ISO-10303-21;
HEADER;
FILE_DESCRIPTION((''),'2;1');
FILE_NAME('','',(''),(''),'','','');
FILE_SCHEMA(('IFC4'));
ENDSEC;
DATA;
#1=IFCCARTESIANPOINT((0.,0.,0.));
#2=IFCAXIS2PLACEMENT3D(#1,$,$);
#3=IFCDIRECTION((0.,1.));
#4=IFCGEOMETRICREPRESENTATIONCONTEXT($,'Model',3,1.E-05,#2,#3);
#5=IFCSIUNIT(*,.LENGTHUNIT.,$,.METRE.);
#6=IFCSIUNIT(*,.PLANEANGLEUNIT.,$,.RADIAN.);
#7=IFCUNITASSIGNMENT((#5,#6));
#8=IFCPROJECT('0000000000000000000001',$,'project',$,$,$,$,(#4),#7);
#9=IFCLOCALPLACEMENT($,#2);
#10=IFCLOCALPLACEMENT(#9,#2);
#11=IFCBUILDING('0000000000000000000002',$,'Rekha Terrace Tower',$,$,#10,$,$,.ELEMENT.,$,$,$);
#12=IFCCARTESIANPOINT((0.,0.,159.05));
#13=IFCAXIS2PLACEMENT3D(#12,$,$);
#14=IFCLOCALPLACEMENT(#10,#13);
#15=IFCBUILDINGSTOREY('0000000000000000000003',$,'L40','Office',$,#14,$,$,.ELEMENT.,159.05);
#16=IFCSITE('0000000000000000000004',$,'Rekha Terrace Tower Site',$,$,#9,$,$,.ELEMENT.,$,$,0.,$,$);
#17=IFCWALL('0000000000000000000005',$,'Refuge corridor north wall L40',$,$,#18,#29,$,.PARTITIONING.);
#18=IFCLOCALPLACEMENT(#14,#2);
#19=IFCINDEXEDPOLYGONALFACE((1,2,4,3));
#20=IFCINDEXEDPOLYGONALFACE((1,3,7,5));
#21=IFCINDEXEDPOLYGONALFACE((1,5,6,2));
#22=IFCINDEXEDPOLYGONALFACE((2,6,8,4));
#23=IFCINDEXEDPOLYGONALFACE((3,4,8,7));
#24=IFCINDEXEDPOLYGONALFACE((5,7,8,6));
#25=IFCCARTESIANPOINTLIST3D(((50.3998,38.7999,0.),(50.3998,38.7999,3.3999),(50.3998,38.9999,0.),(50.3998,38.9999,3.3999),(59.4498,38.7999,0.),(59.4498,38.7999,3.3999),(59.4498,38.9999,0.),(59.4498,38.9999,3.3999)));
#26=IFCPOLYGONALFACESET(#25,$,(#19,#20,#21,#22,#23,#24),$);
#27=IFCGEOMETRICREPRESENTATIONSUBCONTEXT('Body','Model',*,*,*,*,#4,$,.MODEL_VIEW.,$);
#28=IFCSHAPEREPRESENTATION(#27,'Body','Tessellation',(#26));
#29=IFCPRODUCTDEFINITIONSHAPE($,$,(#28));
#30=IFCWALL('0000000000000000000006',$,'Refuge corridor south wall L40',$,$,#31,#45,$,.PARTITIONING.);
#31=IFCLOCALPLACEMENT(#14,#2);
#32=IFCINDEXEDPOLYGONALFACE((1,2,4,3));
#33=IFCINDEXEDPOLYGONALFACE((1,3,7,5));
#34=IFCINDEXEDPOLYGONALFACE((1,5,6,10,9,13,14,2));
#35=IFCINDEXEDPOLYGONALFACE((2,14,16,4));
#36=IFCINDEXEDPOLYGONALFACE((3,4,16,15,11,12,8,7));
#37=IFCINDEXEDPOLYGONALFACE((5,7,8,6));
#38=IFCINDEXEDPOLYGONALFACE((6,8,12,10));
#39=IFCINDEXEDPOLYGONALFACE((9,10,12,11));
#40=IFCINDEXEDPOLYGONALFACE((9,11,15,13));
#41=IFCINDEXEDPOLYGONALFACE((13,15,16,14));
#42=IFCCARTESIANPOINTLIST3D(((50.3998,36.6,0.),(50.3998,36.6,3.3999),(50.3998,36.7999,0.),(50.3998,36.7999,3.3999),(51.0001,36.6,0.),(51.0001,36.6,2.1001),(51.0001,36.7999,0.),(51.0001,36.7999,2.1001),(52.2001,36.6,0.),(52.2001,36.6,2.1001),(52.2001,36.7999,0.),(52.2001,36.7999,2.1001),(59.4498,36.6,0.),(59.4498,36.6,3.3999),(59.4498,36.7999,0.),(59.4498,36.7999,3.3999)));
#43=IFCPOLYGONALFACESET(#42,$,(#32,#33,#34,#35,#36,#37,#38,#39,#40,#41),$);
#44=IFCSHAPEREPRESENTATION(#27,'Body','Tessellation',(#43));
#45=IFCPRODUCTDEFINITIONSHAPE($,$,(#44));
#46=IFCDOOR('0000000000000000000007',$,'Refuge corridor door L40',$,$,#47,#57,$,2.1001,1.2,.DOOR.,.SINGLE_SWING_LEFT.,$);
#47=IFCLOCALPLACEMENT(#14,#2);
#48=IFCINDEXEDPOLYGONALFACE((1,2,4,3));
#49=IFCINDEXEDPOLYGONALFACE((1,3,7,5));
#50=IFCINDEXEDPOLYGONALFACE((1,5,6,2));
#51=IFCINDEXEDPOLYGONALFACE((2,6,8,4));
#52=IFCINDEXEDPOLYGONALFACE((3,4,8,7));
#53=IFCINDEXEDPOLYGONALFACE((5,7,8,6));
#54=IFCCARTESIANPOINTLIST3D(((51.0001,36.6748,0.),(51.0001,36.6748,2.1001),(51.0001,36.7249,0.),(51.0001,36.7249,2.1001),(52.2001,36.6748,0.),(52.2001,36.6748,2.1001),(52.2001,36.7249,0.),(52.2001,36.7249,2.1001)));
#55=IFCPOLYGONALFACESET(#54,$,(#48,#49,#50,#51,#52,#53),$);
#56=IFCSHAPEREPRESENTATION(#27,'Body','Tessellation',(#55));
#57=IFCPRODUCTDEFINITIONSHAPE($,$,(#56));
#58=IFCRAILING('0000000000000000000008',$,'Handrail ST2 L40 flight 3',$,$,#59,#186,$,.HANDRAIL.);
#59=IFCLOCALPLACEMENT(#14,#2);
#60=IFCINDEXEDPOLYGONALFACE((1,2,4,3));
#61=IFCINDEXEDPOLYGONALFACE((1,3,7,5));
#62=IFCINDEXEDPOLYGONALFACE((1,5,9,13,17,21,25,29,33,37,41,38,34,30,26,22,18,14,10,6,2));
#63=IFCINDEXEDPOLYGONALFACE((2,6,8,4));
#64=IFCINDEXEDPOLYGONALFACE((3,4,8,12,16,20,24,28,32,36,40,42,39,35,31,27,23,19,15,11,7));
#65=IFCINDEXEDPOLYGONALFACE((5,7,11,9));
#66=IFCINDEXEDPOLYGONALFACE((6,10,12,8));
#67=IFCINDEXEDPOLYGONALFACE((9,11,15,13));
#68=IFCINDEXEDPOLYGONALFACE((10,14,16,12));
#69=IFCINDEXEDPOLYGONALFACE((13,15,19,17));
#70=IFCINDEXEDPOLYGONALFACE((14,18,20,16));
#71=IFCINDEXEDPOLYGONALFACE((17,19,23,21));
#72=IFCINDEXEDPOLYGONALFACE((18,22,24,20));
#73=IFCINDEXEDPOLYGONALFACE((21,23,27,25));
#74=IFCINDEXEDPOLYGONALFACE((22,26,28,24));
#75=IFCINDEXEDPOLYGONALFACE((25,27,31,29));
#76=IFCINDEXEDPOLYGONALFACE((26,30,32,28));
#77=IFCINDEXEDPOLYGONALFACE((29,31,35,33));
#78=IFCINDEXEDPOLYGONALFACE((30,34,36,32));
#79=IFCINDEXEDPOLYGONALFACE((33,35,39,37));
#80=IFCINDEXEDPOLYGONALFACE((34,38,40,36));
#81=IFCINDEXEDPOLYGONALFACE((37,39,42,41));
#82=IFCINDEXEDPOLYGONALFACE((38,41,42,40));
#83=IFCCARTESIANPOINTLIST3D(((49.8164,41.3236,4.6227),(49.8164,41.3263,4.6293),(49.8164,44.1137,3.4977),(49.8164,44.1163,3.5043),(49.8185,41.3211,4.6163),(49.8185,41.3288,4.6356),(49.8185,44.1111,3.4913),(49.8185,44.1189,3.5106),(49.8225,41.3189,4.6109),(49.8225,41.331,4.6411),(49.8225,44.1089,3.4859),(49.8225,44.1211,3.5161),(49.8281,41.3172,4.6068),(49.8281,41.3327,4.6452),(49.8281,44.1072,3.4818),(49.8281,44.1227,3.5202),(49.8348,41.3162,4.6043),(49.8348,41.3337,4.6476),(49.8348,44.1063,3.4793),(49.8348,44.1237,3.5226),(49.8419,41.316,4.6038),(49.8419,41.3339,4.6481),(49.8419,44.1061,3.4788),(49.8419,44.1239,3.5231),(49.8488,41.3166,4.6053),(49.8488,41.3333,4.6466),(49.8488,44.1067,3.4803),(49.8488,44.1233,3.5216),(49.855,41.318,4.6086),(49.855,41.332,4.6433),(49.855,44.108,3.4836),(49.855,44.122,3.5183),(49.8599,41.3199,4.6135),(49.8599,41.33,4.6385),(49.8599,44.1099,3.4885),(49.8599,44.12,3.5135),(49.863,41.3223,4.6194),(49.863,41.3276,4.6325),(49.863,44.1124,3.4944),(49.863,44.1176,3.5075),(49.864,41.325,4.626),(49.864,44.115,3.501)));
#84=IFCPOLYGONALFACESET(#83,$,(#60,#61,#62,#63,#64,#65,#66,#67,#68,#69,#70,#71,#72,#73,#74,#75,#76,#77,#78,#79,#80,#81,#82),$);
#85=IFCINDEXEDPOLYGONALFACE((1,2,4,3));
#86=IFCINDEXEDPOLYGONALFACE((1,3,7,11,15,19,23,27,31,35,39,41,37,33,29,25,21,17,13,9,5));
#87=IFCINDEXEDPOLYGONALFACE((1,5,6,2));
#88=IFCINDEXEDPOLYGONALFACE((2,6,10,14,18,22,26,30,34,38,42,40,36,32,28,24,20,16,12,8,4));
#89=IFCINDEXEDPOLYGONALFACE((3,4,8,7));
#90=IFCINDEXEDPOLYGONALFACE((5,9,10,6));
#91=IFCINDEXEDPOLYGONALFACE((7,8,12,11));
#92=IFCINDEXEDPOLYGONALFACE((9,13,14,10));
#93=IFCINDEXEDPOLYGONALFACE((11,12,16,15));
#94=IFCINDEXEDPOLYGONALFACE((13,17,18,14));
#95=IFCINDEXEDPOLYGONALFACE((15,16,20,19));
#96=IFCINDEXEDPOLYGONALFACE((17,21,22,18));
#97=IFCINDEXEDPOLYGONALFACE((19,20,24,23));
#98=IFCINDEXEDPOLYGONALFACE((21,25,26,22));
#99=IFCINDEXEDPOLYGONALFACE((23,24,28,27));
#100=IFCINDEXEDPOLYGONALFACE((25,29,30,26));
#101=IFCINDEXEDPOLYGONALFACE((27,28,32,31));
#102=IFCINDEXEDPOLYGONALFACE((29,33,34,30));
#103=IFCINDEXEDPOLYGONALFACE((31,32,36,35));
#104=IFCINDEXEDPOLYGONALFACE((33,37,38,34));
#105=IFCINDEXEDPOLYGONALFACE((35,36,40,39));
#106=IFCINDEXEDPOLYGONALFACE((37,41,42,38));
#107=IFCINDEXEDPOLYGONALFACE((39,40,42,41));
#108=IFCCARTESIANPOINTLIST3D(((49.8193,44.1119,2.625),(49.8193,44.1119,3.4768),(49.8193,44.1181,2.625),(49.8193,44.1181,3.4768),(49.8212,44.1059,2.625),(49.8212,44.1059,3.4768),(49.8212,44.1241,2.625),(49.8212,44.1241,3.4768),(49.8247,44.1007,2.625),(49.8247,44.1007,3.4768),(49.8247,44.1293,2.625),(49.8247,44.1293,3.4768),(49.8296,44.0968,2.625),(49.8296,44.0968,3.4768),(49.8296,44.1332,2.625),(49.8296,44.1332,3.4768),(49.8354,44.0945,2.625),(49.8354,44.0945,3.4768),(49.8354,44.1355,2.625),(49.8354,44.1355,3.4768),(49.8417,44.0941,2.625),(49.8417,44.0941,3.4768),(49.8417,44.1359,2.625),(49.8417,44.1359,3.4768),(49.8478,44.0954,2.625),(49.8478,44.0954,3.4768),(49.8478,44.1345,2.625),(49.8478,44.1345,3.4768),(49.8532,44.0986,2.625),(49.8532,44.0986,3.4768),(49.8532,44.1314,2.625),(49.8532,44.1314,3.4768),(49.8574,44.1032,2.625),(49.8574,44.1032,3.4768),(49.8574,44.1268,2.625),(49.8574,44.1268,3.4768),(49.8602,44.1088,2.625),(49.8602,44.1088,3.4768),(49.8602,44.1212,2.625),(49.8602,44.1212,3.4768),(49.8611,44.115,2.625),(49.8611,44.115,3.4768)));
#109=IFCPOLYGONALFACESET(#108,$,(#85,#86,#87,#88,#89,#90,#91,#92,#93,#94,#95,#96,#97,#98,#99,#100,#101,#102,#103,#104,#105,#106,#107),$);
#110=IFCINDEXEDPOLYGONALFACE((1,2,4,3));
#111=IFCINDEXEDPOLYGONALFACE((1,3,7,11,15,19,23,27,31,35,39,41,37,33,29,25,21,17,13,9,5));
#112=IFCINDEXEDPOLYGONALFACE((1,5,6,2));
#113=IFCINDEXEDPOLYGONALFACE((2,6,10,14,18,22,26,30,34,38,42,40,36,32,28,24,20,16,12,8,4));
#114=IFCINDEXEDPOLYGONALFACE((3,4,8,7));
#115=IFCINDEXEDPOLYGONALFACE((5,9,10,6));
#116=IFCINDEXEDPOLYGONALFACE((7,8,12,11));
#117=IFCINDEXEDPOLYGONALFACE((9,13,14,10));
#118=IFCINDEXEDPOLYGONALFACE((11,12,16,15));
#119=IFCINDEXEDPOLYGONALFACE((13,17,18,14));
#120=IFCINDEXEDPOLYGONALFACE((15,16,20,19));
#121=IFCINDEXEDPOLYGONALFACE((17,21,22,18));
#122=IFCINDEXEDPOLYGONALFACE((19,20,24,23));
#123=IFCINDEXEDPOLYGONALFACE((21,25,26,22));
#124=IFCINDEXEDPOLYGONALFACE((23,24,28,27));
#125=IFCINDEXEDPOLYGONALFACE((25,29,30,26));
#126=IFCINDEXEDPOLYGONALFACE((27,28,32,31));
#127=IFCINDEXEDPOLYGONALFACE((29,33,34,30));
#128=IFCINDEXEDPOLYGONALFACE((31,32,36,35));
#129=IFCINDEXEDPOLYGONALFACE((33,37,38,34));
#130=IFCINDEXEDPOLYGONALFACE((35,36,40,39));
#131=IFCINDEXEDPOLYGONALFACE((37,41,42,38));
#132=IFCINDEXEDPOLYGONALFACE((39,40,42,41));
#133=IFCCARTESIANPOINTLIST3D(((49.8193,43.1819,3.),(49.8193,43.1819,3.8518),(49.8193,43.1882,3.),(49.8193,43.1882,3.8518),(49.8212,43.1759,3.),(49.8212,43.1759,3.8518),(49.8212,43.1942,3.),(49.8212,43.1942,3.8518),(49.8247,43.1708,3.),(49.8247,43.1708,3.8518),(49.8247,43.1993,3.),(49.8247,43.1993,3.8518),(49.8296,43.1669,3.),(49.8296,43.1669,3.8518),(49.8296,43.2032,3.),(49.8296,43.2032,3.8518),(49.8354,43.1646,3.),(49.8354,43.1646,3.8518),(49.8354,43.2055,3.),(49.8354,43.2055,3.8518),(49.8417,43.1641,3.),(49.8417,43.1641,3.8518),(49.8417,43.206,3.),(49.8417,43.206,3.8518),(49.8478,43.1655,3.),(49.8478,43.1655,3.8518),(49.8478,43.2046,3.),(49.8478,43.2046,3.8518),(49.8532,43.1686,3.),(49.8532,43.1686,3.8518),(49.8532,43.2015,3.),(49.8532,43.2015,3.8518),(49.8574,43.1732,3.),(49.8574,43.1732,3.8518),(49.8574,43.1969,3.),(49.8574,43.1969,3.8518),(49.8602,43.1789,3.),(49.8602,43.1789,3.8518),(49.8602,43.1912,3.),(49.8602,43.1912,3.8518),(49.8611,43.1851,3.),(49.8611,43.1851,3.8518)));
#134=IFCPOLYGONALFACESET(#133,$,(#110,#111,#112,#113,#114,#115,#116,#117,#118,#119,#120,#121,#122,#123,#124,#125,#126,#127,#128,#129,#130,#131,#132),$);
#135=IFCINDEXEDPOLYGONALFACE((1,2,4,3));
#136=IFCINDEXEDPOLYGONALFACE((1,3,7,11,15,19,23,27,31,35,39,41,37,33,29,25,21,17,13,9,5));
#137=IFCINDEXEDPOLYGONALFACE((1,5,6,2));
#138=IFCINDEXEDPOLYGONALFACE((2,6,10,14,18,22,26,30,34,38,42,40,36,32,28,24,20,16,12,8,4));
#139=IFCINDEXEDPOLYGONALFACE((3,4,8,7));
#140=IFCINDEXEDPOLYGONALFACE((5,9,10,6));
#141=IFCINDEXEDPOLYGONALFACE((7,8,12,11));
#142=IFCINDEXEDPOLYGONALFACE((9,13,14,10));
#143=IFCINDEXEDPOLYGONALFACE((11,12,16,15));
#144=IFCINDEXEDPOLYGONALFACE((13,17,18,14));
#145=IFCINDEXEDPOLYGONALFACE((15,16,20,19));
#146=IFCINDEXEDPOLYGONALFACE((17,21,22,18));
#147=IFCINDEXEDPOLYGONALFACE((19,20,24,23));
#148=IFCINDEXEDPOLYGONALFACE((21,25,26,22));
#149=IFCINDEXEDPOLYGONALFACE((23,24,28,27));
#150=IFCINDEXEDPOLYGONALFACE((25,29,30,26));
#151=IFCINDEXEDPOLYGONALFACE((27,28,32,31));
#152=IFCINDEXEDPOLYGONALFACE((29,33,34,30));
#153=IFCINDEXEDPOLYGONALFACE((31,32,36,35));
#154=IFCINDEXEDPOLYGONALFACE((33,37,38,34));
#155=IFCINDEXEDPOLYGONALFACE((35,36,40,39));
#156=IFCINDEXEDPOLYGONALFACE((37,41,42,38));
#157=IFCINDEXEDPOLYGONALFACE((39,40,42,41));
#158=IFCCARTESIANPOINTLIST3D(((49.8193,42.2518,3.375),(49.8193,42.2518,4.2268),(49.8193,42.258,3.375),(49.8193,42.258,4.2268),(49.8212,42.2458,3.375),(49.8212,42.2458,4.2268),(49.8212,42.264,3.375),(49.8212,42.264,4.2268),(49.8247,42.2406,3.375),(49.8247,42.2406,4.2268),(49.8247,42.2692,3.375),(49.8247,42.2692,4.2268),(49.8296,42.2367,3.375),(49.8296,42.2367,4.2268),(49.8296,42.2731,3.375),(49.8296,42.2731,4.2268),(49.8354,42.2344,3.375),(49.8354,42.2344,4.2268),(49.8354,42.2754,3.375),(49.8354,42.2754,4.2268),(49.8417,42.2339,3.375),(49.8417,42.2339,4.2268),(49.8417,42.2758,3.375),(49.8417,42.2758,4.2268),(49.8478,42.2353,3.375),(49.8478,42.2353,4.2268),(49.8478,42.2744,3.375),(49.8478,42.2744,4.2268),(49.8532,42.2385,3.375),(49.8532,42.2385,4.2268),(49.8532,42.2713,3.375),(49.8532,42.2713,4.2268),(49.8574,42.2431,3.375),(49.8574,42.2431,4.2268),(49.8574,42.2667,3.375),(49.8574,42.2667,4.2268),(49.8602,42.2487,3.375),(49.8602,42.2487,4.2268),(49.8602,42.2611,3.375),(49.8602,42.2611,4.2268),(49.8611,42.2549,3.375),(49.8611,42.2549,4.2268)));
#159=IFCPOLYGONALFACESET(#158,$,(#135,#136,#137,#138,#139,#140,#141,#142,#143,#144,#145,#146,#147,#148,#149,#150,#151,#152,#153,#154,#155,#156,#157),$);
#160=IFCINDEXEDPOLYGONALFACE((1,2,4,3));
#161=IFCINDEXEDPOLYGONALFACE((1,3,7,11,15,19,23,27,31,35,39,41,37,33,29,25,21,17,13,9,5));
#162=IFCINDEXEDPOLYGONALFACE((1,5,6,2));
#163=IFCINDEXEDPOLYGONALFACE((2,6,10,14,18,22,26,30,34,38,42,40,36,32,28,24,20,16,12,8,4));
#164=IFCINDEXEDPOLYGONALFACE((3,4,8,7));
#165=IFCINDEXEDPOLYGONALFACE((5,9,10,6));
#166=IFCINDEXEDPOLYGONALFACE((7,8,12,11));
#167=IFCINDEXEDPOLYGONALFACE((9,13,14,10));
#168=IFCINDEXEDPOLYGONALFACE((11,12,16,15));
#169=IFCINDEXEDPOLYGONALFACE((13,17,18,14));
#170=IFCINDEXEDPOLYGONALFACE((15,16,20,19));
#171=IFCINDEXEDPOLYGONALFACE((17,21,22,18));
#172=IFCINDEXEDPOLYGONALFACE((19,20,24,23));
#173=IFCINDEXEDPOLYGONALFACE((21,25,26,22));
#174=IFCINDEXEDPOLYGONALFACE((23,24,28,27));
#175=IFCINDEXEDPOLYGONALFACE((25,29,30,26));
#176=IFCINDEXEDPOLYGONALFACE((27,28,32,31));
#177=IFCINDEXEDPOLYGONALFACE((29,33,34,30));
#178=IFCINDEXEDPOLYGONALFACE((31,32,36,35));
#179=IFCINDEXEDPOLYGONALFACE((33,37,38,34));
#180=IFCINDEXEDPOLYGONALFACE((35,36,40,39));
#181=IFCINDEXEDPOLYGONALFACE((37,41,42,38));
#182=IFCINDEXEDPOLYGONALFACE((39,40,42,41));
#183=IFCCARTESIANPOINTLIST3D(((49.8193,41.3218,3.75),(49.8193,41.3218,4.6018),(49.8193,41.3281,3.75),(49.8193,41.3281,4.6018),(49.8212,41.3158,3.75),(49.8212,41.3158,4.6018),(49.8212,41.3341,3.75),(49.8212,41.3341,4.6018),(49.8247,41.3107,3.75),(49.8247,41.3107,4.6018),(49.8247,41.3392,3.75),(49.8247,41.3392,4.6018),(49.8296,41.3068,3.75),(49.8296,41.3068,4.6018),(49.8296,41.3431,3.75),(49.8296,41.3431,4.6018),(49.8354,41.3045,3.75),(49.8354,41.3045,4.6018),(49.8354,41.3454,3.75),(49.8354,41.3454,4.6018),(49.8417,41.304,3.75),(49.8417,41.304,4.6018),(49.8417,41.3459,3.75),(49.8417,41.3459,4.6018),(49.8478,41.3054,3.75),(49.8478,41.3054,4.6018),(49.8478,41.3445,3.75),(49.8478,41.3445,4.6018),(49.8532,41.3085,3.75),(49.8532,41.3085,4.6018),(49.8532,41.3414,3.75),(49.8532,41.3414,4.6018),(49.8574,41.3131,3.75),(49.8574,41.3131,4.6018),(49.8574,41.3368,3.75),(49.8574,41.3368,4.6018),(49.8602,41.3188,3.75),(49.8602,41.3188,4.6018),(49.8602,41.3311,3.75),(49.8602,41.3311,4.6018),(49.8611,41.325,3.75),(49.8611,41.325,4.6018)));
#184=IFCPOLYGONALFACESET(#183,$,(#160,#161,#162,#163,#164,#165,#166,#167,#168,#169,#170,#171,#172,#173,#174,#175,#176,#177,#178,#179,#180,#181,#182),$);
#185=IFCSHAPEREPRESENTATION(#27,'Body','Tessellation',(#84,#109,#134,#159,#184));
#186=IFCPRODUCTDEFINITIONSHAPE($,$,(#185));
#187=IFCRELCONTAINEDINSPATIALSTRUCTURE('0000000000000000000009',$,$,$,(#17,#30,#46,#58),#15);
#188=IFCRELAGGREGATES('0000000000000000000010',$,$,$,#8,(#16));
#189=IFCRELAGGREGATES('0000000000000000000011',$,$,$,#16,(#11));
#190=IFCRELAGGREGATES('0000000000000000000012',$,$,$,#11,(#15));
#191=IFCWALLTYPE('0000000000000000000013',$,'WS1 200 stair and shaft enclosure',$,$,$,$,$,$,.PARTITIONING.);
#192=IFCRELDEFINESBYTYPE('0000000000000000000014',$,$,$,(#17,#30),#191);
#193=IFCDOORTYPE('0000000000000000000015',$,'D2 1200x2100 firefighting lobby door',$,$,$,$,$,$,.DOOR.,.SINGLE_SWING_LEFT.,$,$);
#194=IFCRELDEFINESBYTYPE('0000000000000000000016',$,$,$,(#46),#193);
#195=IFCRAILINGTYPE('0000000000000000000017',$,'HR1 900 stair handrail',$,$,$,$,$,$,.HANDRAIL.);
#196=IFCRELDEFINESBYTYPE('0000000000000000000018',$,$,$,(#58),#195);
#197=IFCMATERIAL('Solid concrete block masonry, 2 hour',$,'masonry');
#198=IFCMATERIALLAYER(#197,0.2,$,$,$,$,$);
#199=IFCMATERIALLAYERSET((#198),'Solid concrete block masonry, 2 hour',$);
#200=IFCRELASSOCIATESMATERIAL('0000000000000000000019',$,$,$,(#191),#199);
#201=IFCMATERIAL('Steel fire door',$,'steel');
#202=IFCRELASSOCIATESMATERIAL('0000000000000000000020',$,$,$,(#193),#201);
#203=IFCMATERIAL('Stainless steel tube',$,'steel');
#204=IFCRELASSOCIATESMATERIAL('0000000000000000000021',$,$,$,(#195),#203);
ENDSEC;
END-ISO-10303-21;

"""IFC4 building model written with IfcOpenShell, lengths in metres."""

from ifc_helpers import new_model, si_unit, direction, frame, frame_2d, origin, origin_2d, place, context, subcontext, project, spatial, rectangle, circle, extrude, material, layer, layer_set, type_object, element, fill, save


model = new_model("IFC4")

# Units and contexts
model_context = context("Model", 3, precision=1e-05, world=origin(), true_north=direction((0.0, 1.0)))
body_context = subcontext(model_context, "Body", "Model", "MODEL_VIEW")
ifc_project = project(units=[si_unit("LENGTHUNIT", "METRE"), si_unit("PLANEANGLEUNIT", "RADIAN")], contexts=[model_context])

# Site, building, storey
site_placement = place(None, origin())
site = spatial("IfcSite", under=ifc_project, at=site_placement, Name="Rekha Terrace Tower Site", CompositionType="ELEMENT", RefElevation=0.0)
building_placement = place(site_placement, origin())
building = spatial("IfcBuilding", under=site, at=building_placement, Name="Rekha Terrace Tower", CompositionType="ELEMENT")
storey_placement = place(building_placement, frame((0.0, 0.0, 159.05)))
storey = spatial("IfcBuildingStorey", under=building, at=storey_placement, Name="L40", Description="Office", CompositionType="ELEMENT", Elevation=159.05)

# Shared definitions
ifc_material_1 = material(Name="Solid concrete block masonry, 2 hour", Category="masonry")
ifc_layer_1 = layer(ifc_material_1, 0.2)
ifc_layer_set_1 = layer_set([ifc_layer_1], Name="Solid concrete block masonry, 2 hour")
wall_type_1 = type_object("IfcWallType", Name="WS1 200 stair and shaft enclosure", PredefinedType="PARTITIONING", material=ifc_layer_set_1)

# Shared definitions
ifc_material_2 = material(Name="Steel fire door", Category="steel")
door_type_1 = type_object("IfcDoorType", Name="D2 1200x2100 firefighting lobby door", OperationType="SINGLE_SWING_LEFT", PredefinedType="DOOR", material=ifc_material_2)

# Wall
wall_1_placement = place(storey_placement, frame((50.3999, 38.8999, 0.0), z_axis=(0.0, 0.0, 1.0), x_axis=(1.0, 0.0, 0.0)))
element("IfcWall", 1, at=wall_1_placement, inside=storey, type_object=wall_type_1, Name="Refuge corridor north wall L40", PredefinedType="PARTITIONING", context=body_context, shape_type="SweptSolid", body=[
    extrude(rectangle(XDim=9.05, YDim=0.2, at=frame_2d((4.5249, 0.0))), origin(), (0.0, 0.0, 1.0), 3.3999),
])

# Wall, opening, door
wall_2_placement = place(storey_placement, frame((50.3999, 36.7, 0.0), z_axis=(0.0, 0.0, 1.0), x_axis=(1.0, 0.0, 0.0)))
wall_2 = element("IfcWall", 2, at=wall_2_placement, inside=storey, type_object=wall_type_1, Name="Refuge corridor south wall L40", PredefinedType="PARTITIONING", context=body_context, shape_type="SweptSolid", body=[
    extrude(rectangle(XDim=9.05, YDim=0.2, at=frame_2d((4.5249, 0.0))), origin(), (0.0, 0.0, 1.0), 3.3999),
])
opening_1_placement = place(wall_2_placement, frame((0.6001, 0.0, 0.0)))
opening_1 = element("IfcOpeningElement", 3, at=opening_1_placement, cuts=wall_2, PredefinedType="OPENING", context=body_context, shape_type="SweptSolid", body=[
    extrude(rectangle(XDim=1.2, YDim=2.1001, at=frame_2d((0.6001, 1.05))), frame((0.0, 0.1099, 0.0), z_axis=(0.0, -1.0, 0.0), x_axis=(1.0, 0.0, 0.0)), (0.0, 0.0, 1.0), 0.22),
])
door_1_placement = place(opening_1_placement, origin())
door_1 = element("IfcDoor", 4, at=door_1_placement, inside=storey, type_object=door_type_1, Name="Refuge corridor door L40", OperationType="SINGLE_SWING_LEFT", OverallHeight=2.1001, OverallWidth=1.2, PredefinedType="DOOR", context=body_context, shape_type="SweptSolid", body=[
    extrude(rectangle(XDim=1.2, YDim=2.1001, at=frame_2d((0.6001, 1.05))), frame((0.0, 0.0249, 0.0), z_axis=(0.0, -1.0, 0.0), x_axis=(1.0, 0.0, 0.0)), (0.0, 0.0, 1.0), 0.05),
])
fill(opening_1, door_1)

# Railing
ifc_material_3 = material(Name="Stainless steel tube", Category="steel")
railing_type_1 = type_object("IfcRailingType", Name="HR1 900 stair handrail", PredefinedType="HANDRAIL", material=ifc_material_3)
railing_1_placement = place(storey_placement, frame((49.8401, 44.115, 2.625)))
element("IfcRailing", 5, at=railing_1_placement, inside=storey, type_object=railing_type_1, Name="Handrail ST2 L40 flight 3", PredefinedType="HANDRAIL", context=body_context, shape_type="SweptSolid", body=[
    extrude(circle(Radius=0.0239, at=origin_2d()), frame((0.0, 0.0, 0.876), z_axis=(0.0, -0.927443, 0.373964), x_axis=(1.0, 0.0, 0.0)), (0.0, 0.0, 1.0), 3.0083),
    extrude(circle(Radius=0.021, at=origin_2d()), origin(), (0.0, 0.0, 1.0), 0.8518),
    extrude(circle(Radius=0.021, at=origin_2d()), frame((0.0, -0.9299, 0.375)), (0.0, 0.0, 1.0), 0.8518),
    extrude(circle(Radius=0.021, at=origin_2d()), frame((0.0, -1.8601, 0.75)), (0.0, 0.0, 1.0), 0.8518),
    extrude(circle(Radius=0.021, at=origin_2d()), frame((0.0, -2.79, 1.125)), (0.0, 0.0, 1.0), 0.8518),
])

save(model, "model.ifc")
